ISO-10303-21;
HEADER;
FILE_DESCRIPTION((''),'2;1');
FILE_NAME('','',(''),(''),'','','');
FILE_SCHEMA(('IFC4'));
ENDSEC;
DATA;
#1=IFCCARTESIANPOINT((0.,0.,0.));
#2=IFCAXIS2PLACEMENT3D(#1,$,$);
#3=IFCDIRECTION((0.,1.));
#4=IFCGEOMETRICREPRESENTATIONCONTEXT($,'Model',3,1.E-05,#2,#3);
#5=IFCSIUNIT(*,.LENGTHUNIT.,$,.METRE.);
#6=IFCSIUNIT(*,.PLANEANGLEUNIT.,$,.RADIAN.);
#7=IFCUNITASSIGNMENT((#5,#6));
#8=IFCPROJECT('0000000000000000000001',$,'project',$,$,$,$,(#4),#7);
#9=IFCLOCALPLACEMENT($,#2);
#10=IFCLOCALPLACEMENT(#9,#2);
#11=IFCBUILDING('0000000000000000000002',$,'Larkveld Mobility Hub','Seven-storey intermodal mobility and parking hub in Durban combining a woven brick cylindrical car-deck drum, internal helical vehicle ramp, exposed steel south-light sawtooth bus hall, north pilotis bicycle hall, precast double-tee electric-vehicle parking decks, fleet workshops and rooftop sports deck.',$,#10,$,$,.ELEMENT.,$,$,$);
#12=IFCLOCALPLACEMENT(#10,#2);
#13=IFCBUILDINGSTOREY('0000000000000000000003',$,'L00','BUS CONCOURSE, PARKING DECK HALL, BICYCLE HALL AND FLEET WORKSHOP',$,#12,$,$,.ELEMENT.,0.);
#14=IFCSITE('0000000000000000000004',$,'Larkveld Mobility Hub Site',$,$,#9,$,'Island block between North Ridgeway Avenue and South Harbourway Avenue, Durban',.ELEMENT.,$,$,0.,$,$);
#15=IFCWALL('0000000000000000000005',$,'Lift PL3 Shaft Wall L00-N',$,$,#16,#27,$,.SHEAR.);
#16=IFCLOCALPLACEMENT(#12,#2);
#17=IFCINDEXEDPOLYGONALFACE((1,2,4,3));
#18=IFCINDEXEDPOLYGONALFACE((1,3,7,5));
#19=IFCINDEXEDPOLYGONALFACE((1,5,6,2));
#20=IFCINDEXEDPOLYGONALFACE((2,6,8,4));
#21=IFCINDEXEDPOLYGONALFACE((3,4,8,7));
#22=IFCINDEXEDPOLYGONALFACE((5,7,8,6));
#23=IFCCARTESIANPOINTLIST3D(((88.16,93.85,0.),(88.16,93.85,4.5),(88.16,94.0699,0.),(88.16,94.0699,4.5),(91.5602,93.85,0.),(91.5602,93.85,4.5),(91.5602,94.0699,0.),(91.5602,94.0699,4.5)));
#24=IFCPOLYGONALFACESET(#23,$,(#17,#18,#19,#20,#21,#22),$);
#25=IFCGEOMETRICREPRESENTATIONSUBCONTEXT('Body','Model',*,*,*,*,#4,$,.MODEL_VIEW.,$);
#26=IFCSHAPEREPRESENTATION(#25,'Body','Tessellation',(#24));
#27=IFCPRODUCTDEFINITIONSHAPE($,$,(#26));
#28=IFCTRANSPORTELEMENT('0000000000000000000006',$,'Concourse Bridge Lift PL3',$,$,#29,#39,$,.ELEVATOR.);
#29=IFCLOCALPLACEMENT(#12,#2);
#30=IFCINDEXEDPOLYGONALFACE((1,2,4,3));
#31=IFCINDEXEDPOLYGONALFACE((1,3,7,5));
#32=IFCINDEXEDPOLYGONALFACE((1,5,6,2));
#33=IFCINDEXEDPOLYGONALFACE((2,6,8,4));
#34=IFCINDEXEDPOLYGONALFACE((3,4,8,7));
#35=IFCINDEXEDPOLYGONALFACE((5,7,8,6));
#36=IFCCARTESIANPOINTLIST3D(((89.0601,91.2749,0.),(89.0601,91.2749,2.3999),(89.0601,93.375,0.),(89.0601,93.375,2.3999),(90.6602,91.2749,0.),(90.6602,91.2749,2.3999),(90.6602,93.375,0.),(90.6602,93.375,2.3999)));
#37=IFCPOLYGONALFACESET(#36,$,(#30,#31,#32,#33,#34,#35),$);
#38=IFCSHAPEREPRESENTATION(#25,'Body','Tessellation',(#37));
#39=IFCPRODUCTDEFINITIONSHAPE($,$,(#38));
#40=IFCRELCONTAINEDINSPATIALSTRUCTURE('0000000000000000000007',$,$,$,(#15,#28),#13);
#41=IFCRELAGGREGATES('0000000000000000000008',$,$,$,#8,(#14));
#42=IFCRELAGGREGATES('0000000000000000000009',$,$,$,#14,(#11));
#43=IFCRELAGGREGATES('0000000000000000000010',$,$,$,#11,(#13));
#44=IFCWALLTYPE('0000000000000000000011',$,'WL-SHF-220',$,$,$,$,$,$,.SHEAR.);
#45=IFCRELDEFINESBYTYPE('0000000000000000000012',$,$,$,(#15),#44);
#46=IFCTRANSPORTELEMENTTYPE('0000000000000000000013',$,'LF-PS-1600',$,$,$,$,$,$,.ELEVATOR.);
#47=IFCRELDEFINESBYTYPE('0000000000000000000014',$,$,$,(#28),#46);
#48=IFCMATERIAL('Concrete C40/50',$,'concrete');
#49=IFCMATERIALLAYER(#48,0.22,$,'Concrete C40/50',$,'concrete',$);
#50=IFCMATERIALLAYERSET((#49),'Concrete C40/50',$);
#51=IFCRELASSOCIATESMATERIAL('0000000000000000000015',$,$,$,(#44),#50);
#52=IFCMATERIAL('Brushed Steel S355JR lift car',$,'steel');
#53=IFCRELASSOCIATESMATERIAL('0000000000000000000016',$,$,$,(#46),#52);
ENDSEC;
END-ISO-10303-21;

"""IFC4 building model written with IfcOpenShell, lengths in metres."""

from ifc_helpers import new_model, si_unit, direction, frame, frame_2d, origin, origin_2d, place, context, subcontext, project, spatial, rectangle, extrude, material, layer, layer_set, type_object, element, save


model = new_model("IFC4")

# Units and contexts
model_context = context("Model", 3, precision=1e-05, world=origin(), true_north=direction((0.0, 1.0)))
body_context = subcontext(model_context, "Body", "Model", "MODEL_VIEW")
ifc_project = project(units=[si_unit("LENGTHUNIT", "METRE"), si_unit("PLANEANGLEUNIT", "RADIAN")], contexts=[model_context])

# Site, building, storey
site_placement = place(None, origin())
site = spatial("IfcSite", under=ifc_project, at=site_placement, Name="Larkveld Mobility Hub Site", LongName="Island block between North Ridgeway Avenue and South Harbourway Avenue, Durban", CompositionType="ELEMENT", RefElevation=0.0)
building_placement = place(site_placement, origin())
building = spatial("IfcBuilding", under=site, at=building_placement, Name="Larkveld Mobility Hub", Description="Seven-storey intermodal mobility and parking hub in Durban combining a woven brick cylindrical car-deck drum, internal helical vehicle ramp, exposed steel south-light sawtooth bus hall, north pilotis bicycle hall, precast double-tee electric-vehicle parking decks, fleet workshops and rooftop sports deck.", CompositionType="ELEMENT")
storey_placement = place(building_placement, origin())
storey = spatial("IfcBuildingStorey", under=building, at=storey_placement, Name="L00", Description="BUS CONCOURSE, PARKING DECK HALL, BICYCLE HALL AND FLEET WORKSHOP", CompositionType="ELEMENT", Elevation=0.0)

# Shared definitions
ifc_material_1 = material(Name="Concrete C40/50", Category="concrete")

# Wall
ifc_layer = layer(ifc_material_1, 0.22, Name="Concrete C40/50", Category="concrete")
ifc_layer_set = layer_set([ifc_layer], Name="Concrete C40/50")
wall_type = type_object("IfcWallType", Name="WL-SHF-220", PredefinedType="SHEAR", material=ifc_layer_set)
wall_placement = place(storey_placement, frame((88.1599, 93.96, 0.0), z_axis=(0.0, 0.0, 1.0), x_axis=(1.0, 0.0, 0.0)))
element("IfcWall", 1, at=wall_placement, inside=storey, type_object=wall_type, Name="Lift PL3 Shaft Wall L00-N", PredefinedType="SHEAR", context=body_context, shape_type="SweptSolid", body=[
    extrude(rectangle(XDim=3.4001, YDim=0.22, at=frame_2d((1.7002, 0.0))), origin(), (0.0, 0.0, 1.0), 4.5),
])

# Transport element
ifc_material_2 = material(Name="Brushed Steel S355JR lift car", Category="steel")
transport_element_type = type_object("IfcTransportElementType", Name="LF-PS-1600", PredefinedType="ELEVATOR", material=ifc_material_2)
transport_element_placement = place(storey_placement, frame((89.8601, 92.325, 0.0), z_axis=(0.0, 0.0, 1.0), x_axis=(1.0, 0.0, 0.0)))
element("IfcTransportElement", 2, at=transport_element_placement, inside=storey, type_object=transport_element_type, Name="Concourse Bridge Lift PL3", PredefinedType="ELEVATOR", context=body_context, shape_type="SweptSolid", body=[
    extrude(rectangle(XDim=1.6001, YDim=2.1001, at=origin_2d()), origin(), (0.0, 0.0, 1.0), 2.3999),
])

save(model, "model.ifc")
